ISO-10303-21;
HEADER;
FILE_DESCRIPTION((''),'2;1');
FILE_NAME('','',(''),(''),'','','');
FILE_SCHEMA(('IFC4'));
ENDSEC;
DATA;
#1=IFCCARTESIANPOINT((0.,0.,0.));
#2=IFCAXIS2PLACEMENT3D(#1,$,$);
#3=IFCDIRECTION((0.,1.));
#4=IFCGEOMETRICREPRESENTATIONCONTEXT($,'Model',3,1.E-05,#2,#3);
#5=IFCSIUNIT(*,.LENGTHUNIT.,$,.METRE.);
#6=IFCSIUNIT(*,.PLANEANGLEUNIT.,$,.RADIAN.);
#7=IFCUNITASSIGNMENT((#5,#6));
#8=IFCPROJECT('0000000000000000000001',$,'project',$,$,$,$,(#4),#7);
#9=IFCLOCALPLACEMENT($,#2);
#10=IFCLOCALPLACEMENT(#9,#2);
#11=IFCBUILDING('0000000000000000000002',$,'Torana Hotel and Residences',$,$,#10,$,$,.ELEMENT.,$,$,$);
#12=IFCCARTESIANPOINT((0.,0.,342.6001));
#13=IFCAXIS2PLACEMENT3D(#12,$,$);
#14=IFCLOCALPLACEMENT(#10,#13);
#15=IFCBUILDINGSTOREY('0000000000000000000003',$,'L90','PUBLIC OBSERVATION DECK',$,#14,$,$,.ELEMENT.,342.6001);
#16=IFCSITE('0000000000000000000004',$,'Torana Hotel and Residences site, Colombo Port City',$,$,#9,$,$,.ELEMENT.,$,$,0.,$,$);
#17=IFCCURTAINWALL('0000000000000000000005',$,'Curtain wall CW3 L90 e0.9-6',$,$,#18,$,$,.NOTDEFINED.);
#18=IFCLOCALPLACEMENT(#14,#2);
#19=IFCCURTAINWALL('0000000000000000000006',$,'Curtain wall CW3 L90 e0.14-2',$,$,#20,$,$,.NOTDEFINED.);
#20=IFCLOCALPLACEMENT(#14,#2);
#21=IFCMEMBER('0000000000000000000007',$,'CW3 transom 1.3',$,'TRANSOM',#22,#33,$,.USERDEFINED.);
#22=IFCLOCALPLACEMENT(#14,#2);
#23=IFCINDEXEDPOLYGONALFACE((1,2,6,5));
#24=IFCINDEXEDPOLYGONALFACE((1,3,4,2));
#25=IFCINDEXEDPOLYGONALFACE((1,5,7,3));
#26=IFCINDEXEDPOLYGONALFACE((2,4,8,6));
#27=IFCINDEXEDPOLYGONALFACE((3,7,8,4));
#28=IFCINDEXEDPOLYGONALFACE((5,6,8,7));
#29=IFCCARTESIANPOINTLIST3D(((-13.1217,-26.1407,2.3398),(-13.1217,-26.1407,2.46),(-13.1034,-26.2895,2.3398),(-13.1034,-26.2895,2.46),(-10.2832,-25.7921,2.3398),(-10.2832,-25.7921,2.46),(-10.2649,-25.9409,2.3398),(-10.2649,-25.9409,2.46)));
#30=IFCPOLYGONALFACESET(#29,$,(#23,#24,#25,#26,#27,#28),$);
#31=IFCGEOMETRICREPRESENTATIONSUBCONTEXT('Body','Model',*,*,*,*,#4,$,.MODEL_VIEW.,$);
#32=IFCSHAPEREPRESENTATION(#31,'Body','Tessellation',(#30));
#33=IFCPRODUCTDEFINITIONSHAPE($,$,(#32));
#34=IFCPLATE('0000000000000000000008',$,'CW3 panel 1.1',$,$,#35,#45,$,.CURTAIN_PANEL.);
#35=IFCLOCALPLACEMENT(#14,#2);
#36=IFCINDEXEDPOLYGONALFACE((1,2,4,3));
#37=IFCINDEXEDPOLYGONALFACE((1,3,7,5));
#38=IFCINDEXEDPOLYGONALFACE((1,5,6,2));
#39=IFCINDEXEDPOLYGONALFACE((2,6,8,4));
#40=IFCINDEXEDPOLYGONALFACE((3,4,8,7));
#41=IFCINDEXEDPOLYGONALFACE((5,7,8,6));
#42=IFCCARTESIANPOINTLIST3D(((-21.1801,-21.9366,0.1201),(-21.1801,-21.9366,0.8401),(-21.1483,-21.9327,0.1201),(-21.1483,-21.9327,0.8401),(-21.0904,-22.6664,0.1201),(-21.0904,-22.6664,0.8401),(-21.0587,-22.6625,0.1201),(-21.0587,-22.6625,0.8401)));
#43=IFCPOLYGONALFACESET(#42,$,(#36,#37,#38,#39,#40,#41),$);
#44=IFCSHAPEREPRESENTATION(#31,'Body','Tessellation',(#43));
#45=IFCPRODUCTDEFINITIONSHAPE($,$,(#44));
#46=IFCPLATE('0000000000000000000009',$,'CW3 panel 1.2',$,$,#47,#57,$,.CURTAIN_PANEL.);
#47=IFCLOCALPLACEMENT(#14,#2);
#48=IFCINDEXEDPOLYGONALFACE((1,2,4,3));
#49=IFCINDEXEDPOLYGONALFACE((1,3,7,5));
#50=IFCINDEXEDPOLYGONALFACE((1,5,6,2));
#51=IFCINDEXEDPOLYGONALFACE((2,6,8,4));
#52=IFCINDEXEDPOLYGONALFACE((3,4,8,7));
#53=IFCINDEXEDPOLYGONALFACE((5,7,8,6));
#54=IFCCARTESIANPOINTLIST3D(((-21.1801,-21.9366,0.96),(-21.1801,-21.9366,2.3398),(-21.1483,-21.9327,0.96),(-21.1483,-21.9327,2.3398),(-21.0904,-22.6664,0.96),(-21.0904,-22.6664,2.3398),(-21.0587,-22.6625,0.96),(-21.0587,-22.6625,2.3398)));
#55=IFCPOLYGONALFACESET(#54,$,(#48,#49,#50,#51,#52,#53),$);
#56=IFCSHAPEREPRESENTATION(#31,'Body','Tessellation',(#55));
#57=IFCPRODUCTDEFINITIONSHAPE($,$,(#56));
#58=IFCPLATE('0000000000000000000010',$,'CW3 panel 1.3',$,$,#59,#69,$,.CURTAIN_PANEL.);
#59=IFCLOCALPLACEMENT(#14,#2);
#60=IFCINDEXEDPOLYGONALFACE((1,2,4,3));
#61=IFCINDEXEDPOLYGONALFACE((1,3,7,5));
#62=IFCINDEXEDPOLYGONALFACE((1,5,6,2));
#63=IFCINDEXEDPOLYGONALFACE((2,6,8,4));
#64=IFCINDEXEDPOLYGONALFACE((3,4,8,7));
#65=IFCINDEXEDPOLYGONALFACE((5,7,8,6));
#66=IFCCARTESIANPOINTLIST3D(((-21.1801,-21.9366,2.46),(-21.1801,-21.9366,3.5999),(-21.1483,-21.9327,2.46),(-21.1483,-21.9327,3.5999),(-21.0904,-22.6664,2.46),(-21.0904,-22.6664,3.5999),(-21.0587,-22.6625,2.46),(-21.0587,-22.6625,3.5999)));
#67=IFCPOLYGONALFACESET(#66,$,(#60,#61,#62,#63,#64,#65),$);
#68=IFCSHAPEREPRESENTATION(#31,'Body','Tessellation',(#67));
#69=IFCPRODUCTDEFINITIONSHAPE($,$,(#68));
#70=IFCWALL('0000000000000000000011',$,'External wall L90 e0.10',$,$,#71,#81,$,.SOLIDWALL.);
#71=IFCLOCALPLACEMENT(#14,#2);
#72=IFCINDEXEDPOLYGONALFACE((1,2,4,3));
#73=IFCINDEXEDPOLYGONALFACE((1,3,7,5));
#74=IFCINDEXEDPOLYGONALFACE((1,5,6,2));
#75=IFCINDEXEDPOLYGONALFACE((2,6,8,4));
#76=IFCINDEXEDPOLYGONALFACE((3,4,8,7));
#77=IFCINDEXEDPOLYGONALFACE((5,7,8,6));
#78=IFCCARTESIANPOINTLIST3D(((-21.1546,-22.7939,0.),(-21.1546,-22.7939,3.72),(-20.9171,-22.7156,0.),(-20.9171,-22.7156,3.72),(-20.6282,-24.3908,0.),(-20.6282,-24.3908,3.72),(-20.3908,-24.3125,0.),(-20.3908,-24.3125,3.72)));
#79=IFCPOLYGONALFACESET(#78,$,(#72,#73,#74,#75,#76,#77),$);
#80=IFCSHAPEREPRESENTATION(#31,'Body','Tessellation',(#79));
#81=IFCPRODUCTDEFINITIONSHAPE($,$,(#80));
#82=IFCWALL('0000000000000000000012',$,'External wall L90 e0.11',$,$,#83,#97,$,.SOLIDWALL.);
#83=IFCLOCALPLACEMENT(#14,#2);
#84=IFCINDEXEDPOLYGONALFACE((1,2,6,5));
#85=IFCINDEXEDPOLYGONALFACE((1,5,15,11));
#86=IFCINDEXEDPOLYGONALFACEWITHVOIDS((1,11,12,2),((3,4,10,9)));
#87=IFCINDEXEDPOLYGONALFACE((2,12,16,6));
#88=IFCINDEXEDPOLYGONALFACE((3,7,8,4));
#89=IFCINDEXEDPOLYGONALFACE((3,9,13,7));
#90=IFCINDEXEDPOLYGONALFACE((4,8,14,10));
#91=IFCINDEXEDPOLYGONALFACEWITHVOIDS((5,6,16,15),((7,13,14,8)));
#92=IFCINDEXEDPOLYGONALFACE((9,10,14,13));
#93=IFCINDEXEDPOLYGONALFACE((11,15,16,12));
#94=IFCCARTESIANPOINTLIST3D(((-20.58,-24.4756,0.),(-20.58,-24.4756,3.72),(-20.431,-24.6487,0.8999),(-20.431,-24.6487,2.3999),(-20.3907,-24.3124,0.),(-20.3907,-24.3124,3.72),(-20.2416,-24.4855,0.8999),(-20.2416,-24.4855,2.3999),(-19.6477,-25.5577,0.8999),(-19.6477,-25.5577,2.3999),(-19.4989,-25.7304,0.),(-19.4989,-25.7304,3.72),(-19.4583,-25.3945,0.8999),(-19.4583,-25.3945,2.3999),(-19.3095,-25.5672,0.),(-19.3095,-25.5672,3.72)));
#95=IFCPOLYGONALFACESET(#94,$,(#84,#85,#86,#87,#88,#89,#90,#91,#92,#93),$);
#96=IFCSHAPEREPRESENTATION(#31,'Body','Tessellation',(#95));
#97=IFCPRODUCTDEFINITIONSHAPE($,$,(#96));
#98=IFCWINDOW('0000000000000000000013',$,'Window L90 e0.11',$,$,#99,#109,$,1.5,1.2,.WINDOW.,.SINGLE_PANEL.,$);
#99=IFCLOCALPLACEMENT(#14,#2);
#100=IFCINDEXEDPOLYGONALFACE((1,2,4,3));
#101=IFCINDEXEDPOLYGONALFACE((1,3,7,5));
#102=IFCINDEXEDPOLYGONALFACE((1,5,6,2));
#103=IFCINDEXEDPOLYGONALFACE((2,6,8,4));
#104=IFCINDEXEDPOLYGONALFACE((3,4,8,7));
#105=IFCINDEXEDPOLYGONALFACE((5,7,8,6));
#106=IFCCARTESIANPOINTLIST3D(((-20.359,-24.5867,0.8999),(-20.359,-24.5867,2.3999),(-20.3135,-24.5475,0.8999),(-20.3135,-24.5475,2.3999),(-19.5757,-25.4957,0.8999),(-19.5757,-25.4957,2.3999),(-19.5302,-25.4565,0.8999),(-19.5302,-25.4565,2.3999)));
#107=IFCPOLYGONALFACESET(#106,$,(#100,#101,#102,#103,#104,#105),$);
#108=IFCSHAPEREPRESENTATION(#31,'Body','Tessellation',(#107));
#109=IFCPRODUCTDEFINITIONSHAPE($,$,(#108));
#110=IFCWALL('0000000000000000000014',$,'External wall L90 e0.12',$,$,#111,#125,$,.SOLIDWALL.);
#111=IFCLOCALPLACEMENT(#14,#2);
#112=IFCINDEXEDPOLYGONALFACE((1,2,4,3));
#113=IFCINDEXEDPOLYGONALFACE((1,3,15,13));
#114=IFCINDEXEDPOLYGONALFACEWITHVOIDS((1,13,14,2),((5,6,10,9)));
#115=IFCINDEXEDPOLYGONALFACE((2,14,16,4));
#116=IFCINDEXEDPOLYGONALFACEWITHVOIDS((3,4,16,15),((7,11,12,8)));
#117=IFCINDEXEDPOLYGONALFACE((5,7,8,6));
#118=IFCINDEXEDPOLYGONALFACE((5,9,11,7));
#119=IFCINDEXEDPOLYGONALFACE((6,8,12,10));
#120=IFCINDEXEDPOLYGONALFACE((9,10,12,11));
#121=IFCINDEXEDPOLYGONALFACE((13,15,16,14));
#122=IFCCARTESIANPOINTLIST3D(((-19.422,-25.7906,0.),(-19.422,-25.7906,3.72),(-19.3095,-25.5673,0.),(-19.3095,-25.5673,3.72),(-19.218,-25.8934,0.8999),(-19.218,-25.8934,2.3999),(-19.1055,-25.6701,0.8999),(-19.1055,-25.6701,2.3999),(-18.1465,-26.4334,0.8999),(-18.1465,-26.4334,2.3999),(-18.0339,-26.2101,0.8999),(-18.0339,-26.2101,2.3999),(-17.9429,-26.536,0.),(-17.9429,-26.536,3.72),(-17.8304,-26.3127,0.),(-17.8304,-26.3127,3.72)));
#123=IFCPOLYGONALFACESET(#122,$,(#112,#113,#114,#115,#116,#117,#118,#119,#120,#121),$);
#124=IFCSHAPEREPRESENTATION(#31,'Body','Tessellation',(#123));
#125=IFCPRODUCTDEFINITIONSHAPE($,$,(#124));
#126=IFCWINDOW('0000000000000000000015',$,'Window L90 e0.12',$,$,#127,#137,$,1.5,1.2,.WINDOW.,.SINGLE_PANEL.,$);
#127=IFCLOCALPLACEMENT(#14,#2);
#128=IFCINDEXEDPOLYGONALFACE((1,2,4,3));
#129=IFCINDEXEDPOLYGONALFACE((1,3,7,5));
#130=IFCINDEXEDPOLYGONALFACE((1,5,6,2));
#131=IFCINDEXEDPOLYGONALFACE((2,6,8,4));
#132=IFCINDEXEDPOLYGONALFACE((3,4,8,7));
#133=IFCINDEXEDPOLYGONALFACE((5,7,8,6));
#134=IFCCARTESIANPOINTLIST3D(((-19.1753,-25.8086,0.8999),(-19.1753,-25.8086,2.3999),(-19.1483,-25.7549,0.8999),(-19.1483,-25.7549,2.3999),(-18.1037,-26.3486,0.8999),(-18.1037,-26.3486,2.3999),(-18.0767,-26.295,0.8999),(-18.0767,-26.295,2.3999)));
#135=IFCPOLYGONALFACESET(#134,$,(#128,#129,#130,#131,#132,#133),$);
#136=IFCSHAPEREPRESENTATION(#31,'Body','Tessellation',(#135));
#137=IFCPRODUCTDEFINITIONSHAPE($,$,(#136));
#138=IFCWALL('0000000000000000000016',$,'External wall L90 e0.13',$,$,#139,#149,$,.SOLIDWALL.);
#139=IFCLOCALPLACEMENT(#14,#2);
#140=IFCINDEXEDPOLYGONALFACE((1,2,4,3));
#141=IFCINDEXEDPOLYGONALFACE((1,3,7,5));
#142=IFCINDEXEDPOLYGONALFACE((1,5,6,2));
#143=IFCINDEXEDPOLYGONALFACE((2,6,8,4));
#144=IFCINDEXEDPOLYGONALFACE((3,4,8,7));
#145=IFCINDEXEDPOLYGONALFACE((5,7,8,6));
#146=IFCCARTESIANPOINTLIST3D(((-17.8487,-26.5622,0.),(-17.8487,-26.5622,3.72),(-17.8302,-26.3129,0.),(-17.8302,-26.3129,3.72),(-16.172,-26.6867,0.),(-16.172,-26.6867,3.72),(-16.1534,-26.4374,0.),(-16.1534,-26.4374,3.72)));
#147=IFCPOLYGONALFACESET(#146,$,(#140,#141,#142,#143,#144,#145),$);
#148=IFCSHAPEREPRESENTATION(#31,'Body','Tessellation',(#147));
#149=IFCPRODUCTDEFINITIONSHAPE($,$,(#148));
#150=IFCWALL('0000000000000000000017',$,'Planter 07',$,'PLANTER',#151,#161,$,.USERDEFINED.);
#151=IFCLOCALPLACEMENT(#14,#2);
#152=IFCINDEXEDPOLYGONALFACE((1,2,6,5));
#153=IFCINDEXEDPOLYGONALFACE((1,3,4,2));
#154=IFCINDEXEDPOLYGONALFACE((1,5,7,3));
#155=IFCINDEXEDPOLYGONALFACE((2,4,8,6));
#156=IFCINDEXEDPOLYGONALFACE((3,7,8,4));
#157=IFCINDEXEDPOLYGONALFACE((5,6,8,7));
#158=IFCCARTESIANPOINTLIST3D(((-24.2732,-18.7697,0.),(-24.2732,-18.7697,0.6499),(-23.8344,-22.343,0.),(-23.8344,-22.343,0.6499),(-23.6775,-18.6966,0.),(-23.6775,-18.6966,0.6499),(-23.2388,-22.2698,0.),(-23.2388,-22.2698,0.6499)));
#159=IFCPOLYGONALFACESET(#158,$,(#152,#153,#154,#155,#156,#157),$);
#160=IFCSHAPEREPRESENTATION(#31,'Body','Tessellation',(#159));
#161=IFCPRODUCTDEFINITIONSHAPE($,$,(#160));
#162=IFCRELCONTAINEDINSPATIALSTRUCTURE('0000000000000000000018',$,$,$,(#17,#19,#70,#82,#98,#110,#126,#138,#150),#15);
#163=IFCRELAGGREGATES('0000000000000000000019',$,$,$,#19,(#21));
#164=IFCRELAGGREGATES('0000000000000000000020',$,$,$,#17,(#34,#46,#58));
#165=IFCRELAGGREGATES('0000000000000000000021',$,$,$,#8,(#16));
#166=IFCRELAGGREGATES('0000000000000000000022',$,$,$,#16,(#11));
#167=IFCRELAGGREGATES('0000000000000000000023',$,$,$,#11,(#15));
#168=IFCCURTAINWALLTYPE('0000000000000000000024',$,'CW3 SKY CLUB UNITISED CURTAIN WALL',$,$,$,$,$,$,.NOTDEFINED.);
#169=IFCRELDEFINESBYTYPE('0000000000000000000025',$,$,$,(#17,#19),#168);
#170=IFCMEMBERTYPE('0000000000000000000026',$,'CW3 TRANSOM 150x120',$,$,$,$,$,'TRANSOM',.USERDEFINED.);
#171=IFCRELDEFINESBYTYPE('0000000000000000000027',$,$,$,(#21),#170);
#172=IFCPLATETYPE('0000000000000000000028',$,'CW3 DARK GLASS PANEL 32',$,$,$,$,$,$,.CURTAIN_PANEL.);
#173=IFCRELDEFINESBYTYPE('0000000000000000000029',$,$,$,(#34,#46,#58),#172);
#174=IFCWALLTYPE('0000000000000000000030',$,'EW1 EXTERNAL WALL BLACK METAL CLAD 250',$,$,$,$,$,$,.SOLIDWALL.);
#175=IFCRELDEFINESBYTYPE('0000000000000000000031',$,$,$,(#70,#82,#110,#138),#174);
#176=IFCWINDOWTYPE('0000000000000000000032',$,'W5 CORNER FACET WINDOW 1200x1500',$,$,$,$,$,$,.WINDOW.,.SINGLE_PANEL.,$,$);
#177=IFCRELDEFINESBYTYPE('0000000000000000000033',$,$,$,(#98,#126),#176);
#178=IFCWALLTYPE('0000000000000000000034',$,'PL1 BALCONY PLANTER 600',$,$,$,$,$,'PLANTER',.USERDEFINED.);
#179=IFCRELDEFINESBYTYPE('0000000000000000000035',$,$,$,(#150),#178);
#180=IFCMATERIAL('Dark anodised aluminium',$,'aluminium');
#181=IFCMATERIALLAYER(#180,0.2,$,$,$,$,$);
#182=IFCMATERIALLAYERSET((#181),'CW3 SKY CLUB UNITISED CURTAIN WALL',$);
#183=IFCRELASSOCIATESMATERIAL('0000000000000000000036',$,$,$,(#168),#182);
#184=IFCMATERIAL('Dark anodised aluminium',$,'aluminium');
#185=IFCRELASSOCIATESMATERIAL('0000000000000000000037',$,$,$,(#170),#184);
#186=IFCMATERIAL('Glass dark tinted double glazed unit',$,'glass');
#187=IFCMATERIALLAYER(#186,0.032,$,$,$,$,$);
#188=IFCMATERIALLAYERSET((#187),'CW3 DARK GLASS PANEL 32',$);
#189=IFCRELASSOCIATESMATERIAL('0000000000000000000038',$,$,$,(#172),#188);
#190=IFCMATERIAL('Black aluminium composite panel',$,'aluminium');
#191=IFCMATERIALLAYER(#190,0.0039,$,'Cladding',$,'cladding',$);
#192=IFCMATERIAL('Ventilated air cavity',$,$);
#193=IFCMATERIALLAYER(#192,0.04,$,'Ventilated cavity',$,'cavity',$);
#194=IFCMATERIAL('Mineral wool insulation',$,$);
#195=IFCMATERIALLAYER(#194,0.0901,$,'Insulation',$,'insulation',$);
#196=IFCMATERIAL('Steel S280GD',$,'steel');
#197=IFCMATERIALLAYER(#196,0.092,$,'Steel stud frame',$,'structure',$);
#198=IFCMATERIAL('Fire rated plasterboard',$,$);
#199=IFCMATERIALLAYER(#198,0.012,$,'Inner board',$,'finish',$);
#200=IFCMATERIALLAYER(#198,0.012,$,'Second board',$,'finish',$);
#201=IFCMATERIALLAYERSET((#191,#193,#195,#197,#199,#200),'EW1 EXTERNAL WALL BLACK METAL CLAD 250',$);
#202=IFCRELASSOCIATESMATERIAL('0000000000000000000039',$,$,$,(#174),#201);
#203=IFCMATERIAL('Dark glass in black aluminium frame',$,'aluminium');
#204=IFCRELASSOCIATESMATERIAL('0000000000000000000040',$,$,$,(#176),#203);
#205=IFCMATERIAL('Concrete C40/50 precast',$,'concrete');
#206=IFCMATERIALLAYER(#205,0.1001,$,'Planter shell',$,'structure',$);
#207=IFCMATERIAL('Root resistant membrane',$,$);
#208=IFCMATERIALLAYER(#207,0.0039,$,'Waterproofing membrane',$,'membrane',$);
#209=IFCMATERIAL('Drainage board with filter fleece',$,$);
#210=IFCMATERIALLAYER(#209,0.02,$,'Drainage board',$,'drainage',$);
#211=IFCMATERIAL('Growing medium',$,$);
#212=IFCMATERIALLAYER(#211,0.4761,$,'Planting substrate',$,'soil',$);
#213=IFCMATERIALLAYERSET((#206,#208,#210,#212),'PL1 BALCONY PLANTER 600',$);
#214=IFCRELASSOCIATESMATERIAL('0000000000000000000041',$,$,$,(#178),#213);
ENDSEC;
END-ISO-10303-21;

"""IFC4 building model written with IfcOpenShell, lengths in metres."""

from ifc_helpers import new_model, si_unit, direction, frame, frame_2d, origin, origin_2d, place, context, subcontext, project, spatial, rectangle, extrude, material, layer, layer_set, material_profile, profile_set, type_object, element, fill, aggregate, save


model = new_model("IFC4")

# Units and contexts
model_context = context("Model", 3, precision=1e-05, world=origin(), true_north=direction((0.0, 1.0)))
body_context = subcontext(model_context, "Body", "Model", "MODEL_VIEW")
ifc_project = project(units=[si_unit("LENGTHUNIT", "METRE"), si_unit("PLANEANGLEUNIT", "RADIAN")], contexts=[model_context])

# Site, building, storey
site_placement = place(None, origin())
site = spatial("IfcSite", under=ifc_project, at=site_placement, Name="Torana Hotel and Residences site, Colombo Port City", CompositionType="ELEMENT", RefElevation=0.0)
building_placement = place(site_placement, origin())
building = spatial("IfcBuilding", under=site, at=building_placement, Name="Torana Hotel and Residences", CompositionType="ELEMENT")
storey_placement = place(building_placement, frame((0.0, 0.0, 342.6001)))
storey = spatial("IfcBuildingStorey", under=building, at=storey_placement, Name="L90", Description="PUBLIC OBSERVATION DECK", CompositionType="ELEMENT", Elevation=342.6001)

# Curtain wall
ifc_material_1 = material(Name="Dark anodised aluminium", Category="aluminium")
ifc_layer_1 = layer(ifc_material_1, 0.2)
ifc_layer_set_1 = layer_set([ifc_layer_1], Name="CW3 SKY CLUB UNITISED CURTAIN WALL")
curtain_wall_type = type_object("IfcCurtainWallType", Name="CW3 SKY CLUB UNITISED CURTAIN WALL", PredefinedType="NOTDEFINED", material=ifc_layer_set_1)
curtain_wall_1_placement = place(storey_placement, origin())
curtain_wall_1 = element("IfcCurtainWall", 1, at=curtain_wall_1_placement, inside=storey, type_object=curtain_wall_type, Name="Curtain wall CW3 L90 e0.9-6", PredefinedType="NOTDEFINED")

# Curtain wall, member
curtain_wall_2_placement = place(storey_placement, origin())
curtain_wall_2 = element("IfcCurtainWall", 2, at=curtain_wall_2_placement, inside=storey, type_object=curtain_wall_type, Name="Curtain wall CW3 L90 e0.14-2", PredefinedType="NOTDEFINED")
ifc_material_2 = material(Name="Dark anodised aluminium", Category="aluminium")
ifc_material_profile_1 = material_profile(ifc_material_2, rectangle(XDim=0.1499, YDim=0.1201, at=origin_2d()), Name="CW3 TRANSOM 150x120")
ifc_profile_set_1 = profile_set([ifc_material_profile_1], Name="Dark anodised aluminium")
member_type_1 = type_object("IfcMemberType", Name="CW3 TRANSOM 150x120", ElementType="TRANSOM", PredefinedType="USERDEFINED", material=ifc_profile_set_1)
member_1_placement = place(storey_placement, frame((-13.1125, -26.2151, 2.3999), z_axis=(0.992542, 0.121902, 0.0), x_axis=(-0.121902, 0.992542, 0.0)))
member_1 = element("IfcMember", 3, at=member_1_placement, type_object=member_type_1, Name="CW3 transom 1.3", ObjectType="TRANSOM", PredefinedType="USERDEFINED", context=body_context, shape_type="SweptSolid", body=[
    extrude(rectangle(XDim=0.1499, YDim=0.1201, at=origin_2d()), origin(), (0.0, 0.0, 1.0), 2.8599),
])
aggregate(curtain_wall_2, [member_1])

# Plates
ifc_material_3 = material(Name="Glass dark tinted double glazed unit", Category="glass")
ifc_layer_2 = layer(ifc_material_3, 0.032)
ifc_layer_set_2 = layer_set([ifc_layer_2], Name="CW3 DARK GLASS PANEL 32")
plate_type = type_object("IfcPlateType", Name="CW3 DARK GLASS PANEL 32", PredefinedType="CURTAIN_PANEL", material=ifc_layer_set_2)
plate_1_placement = place(storey_placement, frame((-21.1194, -22.2996, 0.1201), z_axis=(0.0, 0.0, 1.0), x_axis=(0.121883, -0.992544, 0.0)))
plate_1 = element("IfcPlate", 4, at=plate_1_placement, type_object=plate_type, Name="CW3 panel 1.1", PredefinedType="CURTAIN_PANEL", context=body_context, shape_type="SweptSolid", body=[
    extrude(rectangle(XDim=0.7354, YDim=0.032, at=origin_2d()), origin(), (0.0, 0.0, 1.0), 0.72),
])
plate_2_placement = place(storey_placement, frame((-21.1194, -22.2996, 0.96), z_axis=(0.0, 0.0, 1.0), x_axis=(0.121883, -0.992544, 0.0)))
plate_2 = element("IfcPlate", 5, at=plate_2_placement, type_object=plate_type, Name="CW3 panel 1.2", PredefinedType="CURTAIN_PANEL", context=body_context, shape_type="SweptSolid", body=[
    extrude(rectangle(XDim=0.7354, YDim=0.032, at=origin_2d()), origin(), (0.0, 0.0, 1.0), 1.3799),
])
plate_3_placement = place(storey_placement, frame((-21.1194, -22.2996, 2.46), z_axis=(0.0, 0.0, 1.0), x_axis=(0.121883, -0.992544, 0.0)))
plate_3 = element("IfcPlate", 6, at=plate_3_placement, type_object=plate_type, Name="CW3 panel 1.3", PredefinedType="CURTAIN_PANEL", context=body_context, shape_type="SweptSolid", body=[
    extrude(rectangle(XDim=0.7354, YDim=0.032, at=origin_2d()), origin(), (0.0, 0.0, 1.0), 1.1399),
])
aggregate(curtain_wall_1, [plate_1, plate_2, plate_3])

# Wall
ifc_material_4 = material(Name="Black aluminium composite panel", Category="aluminium")
ifc_layer_3 = layer(ifc_material_4, 0.0039, Name="Cladding", Category="cladding")
ifc_material_5 = material(Name="Ventilated air cavity")
ifc_layer_4 = layer(ifc_material_5, 0.04, Name="Ventilated cavity", Category="cavity")
ifc_material_6 = material(Name="Mineral wool insulation")
ifc_layer_5 = layer(ifc_material_6, 0.0901, Name="Insulation", Category="insulation")
ifc_material_7 = material(Name="Steel S280GD", Category="steel")
ifc_layer_6 = layer(ifc_material_7, 0.092, Name="Steel stud frame", Category="structure")
ifc_material_8 = material(Name="Fire rated plasterboard")
ifc_layer_7 = layer(ifc_material_8, 0.012, Name="Inner board", Category="finish")
ifc_layer_8 = layer(ifc_material_8, 0.012, Name="Second board", Category="finish")
ifc_layer_set_3 = layer_set([ifc_layer_3, ifc_layer_4, ifc_layer_5, ifc_layer_6, ifc_layer_7, ifc_layer_8], Name="EW1 EXTERNAL WALL BLACK METAL CLAD 250")
wall_type_1 = type_object("IfcWallType", Name="EW1 EXTERNAL WALL BLACK METAL CLAD 250", PredefinedType="SOLIDWALL", material=ifc_layer_set_3)
wall_1_placement = place(storey_placement, frame((-21.0359, -22.7546, 0.0), z_axis=(0.0, 0.0, 1.0), x_axis=(0.313046, -0.949738, 0.0)))
element("IfcWall", 7, at=wall_1_placement, inside=storey, type_object=wall_type_1, Name="External wall L90 e0.10", PredefinedType="SOLIDWALL", context=body_context, shape_type="SweptSolid", body=[
    extrude(rectangle(XDim=1.6814, YDim=0.25, at=frame_2d((0.8408, 0.0))), origin(), (0.0, 0.0, 1.0), 3.72),
])

# Walls, openings, windows
wall_2_placement = place(storey_placement, frame((-20.4854, -24.394, 0.0), z_axis=(0.0, 0.0, 1.0), x_axis=(0.652756, -0.757568, 0.0)))
wall_2 = element("IfcWall", 8, at=wall_2_placement, inside=storey, type_object=wall_type_1, Name="External wall L90 e0.11", PredefinedType="SOLIDWALL", context=body_context, shape_type="SweptSolid", body=[
    extrude(rectangle(XDim=1.6562, YDim=0.25, at=frame_2d((0.8281, 0.0))), origin(), (0.0, 0.0, 1.0), 3.72),
])
opening_1_placement = place(wall_2_placement, frame((0.2283, 0.0, 0.8999)))
opening_1 = element("IfcOpeningElement", 9, at=opening_1_placement, cuts=wall_2, PredefinedType="OPENING", context=body_context, shape_type="SweptSolid", body=[
    extrude(rectangle(XDim=1.2, YDim=1.5, at=frame_2d((0.6001, 0.75))), frame((0.0, 0.135, 0.0), z_axis=(0.0, -1.0, 0.0), x_axis=(1.0, 0.0, 0.0)), (0.0, 0.0, 1.0), 0.27),
])
ifc_material_9 = material(Name="Dark glass in black aluminium frame", Category="aluminium")
window_type = type_object("IfcWindowType", Name="W5 CORNER FACET WINDOW 1200x1500", PartitioningType="SINGLE_PANEL", PredefinedType="WINDOW", material=ifc_material_9)
window_1_placement = place(opening_1_placement, origin())
window_1 = element("IfcWindow", 10, at=window_1_placement, inside=storey, type_object=window_type, Name="Window L90 e0.11", OverallHeight=1.5, OverallWidth=1.2, PartitioningType="SINGLE_PANEL", PredefinedType="WINDOW", context=body_context, shape_type="SweptSolid", body=[
    extrude(rectangle(XDim=1.2, YDim=1.5, at=frame_2d((0.6001, 0.75))), frame((0.0, 0.03, 0.0), z_axis=(0.0, -1.0, 0.0), x_axis=(1.0, 0.0, 0.0)), (0.0, 0.0, 1.0), 0.0601),
])
fill(opening_1, window_1)
wall_3_placement = place(storey_placement, frame((-19.3657, -25.679, 0.0), z_axis=(0.0, 0.0, 1.0), x_axis=(0.893008, -0.450042, 0.0)))
wall_3 = element("IfcWall", 11, at=wall_3_placement, inside=storey, type_object=wall_type_1, Name="External wall L90 e0.12", PredefinedType="SOLIDWALL", context=body_context, shape_type="SweptSolid", body=[
    extrude(rectangle(XDim=1.6562, YDim=0.25, at=frame_2d((0.8281, 0.0))), origin(), (0.0, 0.0, 1.0), 3.72),
])
opening_2_placement = place(wall_3_placement, frame((0.2283, 0.0, 0.8999)))
opening_2 = element("IfcOpeningElement", 12, at=opening_2_placement, cuts=wall_3, PredefinedType="OPENING", context=body_context, shape_type="SweptSolid", body=[
    extrude(rectangle(XDim=1.2, YDim=1.5, at=frame_2d((0.6001, 0.75))), frame((0.0, 0.135, 0.0), z_axis=(0.0, -1.0, 0.0), x_axis=(1.0, 0.0, 0.0)), (0.0, 0.0, 1.0), 0.27),
])
window_2_placement = place(opening_2_placement, origin())
window_2 = element("IfcWindow", 13, at=window_2_placement, inside=storey, type_object=window_type, Name="Window L90 e0.12", OverallHeight=1.5, OverallWidth=1.2, PartitioningType="SINGLE_PANEL", PredefinedType="WINDOW", context=body_context, shape_type="SweptSolid", body=[
    extrude(rectangle(XDim=1.2, YDim=1.5, at=frame_2d((0.6001, 0.75))), frame((0.0, 0.03, 0.0), z_axis=(0.0, -1.0, 0.0), x_axis=(1.0, 0.0, 0.0)), (0.0, 0.0, 1.0), 0.0601),
])
fill(opening_2, window_2)

# Wall
wall_4_placement = place(storey_placement, frame((-17.8396, -26.4375, 0.0), z_axis=(0.0, 0.0, 1.0), x_axis=(0.997254, -0.074054, 0.0)))
element("IfcWall", 14, at=wall_4_placement, inside=storey, type_object=wall_type_1, Name="External wall L90 e0.13", PredefinedType="SOLIDWALL", context=body_context, shape_type="SweptSolid", body=[
    extrude(rectangle(XDim=1.6814, YDim=0.25, at=frame_2d((0.8408, 0.0))), origin(), (0.0, 0.0, 1.0), 3.72),
])

# Wall
ifc_material_10 = material(Name="Concrete C40/50 precast", Category="concrete")
ifc_layer_9 = layer(ifc_material_10, 0.1001, Name="Planter shell", Category="structure")
ifc_material_11 = material(Name="Root resistant membrane")
ifc_layer_10 = layer(ifc_material_11, 0.0039, Name="Waterproofing membrane", Category="membrane")
ifc_material_12 = material(Name="Drainage board with filter fleece")
ifc_layer_11 = layer(ifc_material_12, 0.02, Name="Drainage board", Category="drainage")
ifc_material_13 = material(Name="Growing medium")
ifc_layer_12 = layer(ifc_material_13, 0.4761, Name="Planting substrate", Category="soil")
ifc_layer_set_4 = layer_set([ifc_layer_9, ifc_layer_10, ifc_layer_11, ifc_layer_12], Name="PL1 BALCONY PLANTER 600")
wall_type_2 = type_object("IfcWallType", Name="PL1 BALCONY PLANTER 600", ElementType="PLANTER", PredefinedType="USERDEFINED", material=ifc_layer_set_4)
wall_5_placement = place(storey_placement, frame((-23.5366, -22.3064, 0.0), z_axis=(0.0, 0.0, 1.0), x_axis=(-0.121864, 0.992547, 0.0)))
element("IfcWall", 15, at=wall_5_placement, inside=storey, type_object=wall_type_2, Name="Planter 07", ObjectType="PLANTER", PredefinedType="USERDEFINED", context=body_context, shape_type="SweptSolid", body=[
    extrude(rectangle(XDim=3.6001, YDim=0.6001, at=frame_2d((1.8, 0.0))), origin(), (0.0, 0.0, 1.0), 0.6499),
])

save(model, "model.ifc")
